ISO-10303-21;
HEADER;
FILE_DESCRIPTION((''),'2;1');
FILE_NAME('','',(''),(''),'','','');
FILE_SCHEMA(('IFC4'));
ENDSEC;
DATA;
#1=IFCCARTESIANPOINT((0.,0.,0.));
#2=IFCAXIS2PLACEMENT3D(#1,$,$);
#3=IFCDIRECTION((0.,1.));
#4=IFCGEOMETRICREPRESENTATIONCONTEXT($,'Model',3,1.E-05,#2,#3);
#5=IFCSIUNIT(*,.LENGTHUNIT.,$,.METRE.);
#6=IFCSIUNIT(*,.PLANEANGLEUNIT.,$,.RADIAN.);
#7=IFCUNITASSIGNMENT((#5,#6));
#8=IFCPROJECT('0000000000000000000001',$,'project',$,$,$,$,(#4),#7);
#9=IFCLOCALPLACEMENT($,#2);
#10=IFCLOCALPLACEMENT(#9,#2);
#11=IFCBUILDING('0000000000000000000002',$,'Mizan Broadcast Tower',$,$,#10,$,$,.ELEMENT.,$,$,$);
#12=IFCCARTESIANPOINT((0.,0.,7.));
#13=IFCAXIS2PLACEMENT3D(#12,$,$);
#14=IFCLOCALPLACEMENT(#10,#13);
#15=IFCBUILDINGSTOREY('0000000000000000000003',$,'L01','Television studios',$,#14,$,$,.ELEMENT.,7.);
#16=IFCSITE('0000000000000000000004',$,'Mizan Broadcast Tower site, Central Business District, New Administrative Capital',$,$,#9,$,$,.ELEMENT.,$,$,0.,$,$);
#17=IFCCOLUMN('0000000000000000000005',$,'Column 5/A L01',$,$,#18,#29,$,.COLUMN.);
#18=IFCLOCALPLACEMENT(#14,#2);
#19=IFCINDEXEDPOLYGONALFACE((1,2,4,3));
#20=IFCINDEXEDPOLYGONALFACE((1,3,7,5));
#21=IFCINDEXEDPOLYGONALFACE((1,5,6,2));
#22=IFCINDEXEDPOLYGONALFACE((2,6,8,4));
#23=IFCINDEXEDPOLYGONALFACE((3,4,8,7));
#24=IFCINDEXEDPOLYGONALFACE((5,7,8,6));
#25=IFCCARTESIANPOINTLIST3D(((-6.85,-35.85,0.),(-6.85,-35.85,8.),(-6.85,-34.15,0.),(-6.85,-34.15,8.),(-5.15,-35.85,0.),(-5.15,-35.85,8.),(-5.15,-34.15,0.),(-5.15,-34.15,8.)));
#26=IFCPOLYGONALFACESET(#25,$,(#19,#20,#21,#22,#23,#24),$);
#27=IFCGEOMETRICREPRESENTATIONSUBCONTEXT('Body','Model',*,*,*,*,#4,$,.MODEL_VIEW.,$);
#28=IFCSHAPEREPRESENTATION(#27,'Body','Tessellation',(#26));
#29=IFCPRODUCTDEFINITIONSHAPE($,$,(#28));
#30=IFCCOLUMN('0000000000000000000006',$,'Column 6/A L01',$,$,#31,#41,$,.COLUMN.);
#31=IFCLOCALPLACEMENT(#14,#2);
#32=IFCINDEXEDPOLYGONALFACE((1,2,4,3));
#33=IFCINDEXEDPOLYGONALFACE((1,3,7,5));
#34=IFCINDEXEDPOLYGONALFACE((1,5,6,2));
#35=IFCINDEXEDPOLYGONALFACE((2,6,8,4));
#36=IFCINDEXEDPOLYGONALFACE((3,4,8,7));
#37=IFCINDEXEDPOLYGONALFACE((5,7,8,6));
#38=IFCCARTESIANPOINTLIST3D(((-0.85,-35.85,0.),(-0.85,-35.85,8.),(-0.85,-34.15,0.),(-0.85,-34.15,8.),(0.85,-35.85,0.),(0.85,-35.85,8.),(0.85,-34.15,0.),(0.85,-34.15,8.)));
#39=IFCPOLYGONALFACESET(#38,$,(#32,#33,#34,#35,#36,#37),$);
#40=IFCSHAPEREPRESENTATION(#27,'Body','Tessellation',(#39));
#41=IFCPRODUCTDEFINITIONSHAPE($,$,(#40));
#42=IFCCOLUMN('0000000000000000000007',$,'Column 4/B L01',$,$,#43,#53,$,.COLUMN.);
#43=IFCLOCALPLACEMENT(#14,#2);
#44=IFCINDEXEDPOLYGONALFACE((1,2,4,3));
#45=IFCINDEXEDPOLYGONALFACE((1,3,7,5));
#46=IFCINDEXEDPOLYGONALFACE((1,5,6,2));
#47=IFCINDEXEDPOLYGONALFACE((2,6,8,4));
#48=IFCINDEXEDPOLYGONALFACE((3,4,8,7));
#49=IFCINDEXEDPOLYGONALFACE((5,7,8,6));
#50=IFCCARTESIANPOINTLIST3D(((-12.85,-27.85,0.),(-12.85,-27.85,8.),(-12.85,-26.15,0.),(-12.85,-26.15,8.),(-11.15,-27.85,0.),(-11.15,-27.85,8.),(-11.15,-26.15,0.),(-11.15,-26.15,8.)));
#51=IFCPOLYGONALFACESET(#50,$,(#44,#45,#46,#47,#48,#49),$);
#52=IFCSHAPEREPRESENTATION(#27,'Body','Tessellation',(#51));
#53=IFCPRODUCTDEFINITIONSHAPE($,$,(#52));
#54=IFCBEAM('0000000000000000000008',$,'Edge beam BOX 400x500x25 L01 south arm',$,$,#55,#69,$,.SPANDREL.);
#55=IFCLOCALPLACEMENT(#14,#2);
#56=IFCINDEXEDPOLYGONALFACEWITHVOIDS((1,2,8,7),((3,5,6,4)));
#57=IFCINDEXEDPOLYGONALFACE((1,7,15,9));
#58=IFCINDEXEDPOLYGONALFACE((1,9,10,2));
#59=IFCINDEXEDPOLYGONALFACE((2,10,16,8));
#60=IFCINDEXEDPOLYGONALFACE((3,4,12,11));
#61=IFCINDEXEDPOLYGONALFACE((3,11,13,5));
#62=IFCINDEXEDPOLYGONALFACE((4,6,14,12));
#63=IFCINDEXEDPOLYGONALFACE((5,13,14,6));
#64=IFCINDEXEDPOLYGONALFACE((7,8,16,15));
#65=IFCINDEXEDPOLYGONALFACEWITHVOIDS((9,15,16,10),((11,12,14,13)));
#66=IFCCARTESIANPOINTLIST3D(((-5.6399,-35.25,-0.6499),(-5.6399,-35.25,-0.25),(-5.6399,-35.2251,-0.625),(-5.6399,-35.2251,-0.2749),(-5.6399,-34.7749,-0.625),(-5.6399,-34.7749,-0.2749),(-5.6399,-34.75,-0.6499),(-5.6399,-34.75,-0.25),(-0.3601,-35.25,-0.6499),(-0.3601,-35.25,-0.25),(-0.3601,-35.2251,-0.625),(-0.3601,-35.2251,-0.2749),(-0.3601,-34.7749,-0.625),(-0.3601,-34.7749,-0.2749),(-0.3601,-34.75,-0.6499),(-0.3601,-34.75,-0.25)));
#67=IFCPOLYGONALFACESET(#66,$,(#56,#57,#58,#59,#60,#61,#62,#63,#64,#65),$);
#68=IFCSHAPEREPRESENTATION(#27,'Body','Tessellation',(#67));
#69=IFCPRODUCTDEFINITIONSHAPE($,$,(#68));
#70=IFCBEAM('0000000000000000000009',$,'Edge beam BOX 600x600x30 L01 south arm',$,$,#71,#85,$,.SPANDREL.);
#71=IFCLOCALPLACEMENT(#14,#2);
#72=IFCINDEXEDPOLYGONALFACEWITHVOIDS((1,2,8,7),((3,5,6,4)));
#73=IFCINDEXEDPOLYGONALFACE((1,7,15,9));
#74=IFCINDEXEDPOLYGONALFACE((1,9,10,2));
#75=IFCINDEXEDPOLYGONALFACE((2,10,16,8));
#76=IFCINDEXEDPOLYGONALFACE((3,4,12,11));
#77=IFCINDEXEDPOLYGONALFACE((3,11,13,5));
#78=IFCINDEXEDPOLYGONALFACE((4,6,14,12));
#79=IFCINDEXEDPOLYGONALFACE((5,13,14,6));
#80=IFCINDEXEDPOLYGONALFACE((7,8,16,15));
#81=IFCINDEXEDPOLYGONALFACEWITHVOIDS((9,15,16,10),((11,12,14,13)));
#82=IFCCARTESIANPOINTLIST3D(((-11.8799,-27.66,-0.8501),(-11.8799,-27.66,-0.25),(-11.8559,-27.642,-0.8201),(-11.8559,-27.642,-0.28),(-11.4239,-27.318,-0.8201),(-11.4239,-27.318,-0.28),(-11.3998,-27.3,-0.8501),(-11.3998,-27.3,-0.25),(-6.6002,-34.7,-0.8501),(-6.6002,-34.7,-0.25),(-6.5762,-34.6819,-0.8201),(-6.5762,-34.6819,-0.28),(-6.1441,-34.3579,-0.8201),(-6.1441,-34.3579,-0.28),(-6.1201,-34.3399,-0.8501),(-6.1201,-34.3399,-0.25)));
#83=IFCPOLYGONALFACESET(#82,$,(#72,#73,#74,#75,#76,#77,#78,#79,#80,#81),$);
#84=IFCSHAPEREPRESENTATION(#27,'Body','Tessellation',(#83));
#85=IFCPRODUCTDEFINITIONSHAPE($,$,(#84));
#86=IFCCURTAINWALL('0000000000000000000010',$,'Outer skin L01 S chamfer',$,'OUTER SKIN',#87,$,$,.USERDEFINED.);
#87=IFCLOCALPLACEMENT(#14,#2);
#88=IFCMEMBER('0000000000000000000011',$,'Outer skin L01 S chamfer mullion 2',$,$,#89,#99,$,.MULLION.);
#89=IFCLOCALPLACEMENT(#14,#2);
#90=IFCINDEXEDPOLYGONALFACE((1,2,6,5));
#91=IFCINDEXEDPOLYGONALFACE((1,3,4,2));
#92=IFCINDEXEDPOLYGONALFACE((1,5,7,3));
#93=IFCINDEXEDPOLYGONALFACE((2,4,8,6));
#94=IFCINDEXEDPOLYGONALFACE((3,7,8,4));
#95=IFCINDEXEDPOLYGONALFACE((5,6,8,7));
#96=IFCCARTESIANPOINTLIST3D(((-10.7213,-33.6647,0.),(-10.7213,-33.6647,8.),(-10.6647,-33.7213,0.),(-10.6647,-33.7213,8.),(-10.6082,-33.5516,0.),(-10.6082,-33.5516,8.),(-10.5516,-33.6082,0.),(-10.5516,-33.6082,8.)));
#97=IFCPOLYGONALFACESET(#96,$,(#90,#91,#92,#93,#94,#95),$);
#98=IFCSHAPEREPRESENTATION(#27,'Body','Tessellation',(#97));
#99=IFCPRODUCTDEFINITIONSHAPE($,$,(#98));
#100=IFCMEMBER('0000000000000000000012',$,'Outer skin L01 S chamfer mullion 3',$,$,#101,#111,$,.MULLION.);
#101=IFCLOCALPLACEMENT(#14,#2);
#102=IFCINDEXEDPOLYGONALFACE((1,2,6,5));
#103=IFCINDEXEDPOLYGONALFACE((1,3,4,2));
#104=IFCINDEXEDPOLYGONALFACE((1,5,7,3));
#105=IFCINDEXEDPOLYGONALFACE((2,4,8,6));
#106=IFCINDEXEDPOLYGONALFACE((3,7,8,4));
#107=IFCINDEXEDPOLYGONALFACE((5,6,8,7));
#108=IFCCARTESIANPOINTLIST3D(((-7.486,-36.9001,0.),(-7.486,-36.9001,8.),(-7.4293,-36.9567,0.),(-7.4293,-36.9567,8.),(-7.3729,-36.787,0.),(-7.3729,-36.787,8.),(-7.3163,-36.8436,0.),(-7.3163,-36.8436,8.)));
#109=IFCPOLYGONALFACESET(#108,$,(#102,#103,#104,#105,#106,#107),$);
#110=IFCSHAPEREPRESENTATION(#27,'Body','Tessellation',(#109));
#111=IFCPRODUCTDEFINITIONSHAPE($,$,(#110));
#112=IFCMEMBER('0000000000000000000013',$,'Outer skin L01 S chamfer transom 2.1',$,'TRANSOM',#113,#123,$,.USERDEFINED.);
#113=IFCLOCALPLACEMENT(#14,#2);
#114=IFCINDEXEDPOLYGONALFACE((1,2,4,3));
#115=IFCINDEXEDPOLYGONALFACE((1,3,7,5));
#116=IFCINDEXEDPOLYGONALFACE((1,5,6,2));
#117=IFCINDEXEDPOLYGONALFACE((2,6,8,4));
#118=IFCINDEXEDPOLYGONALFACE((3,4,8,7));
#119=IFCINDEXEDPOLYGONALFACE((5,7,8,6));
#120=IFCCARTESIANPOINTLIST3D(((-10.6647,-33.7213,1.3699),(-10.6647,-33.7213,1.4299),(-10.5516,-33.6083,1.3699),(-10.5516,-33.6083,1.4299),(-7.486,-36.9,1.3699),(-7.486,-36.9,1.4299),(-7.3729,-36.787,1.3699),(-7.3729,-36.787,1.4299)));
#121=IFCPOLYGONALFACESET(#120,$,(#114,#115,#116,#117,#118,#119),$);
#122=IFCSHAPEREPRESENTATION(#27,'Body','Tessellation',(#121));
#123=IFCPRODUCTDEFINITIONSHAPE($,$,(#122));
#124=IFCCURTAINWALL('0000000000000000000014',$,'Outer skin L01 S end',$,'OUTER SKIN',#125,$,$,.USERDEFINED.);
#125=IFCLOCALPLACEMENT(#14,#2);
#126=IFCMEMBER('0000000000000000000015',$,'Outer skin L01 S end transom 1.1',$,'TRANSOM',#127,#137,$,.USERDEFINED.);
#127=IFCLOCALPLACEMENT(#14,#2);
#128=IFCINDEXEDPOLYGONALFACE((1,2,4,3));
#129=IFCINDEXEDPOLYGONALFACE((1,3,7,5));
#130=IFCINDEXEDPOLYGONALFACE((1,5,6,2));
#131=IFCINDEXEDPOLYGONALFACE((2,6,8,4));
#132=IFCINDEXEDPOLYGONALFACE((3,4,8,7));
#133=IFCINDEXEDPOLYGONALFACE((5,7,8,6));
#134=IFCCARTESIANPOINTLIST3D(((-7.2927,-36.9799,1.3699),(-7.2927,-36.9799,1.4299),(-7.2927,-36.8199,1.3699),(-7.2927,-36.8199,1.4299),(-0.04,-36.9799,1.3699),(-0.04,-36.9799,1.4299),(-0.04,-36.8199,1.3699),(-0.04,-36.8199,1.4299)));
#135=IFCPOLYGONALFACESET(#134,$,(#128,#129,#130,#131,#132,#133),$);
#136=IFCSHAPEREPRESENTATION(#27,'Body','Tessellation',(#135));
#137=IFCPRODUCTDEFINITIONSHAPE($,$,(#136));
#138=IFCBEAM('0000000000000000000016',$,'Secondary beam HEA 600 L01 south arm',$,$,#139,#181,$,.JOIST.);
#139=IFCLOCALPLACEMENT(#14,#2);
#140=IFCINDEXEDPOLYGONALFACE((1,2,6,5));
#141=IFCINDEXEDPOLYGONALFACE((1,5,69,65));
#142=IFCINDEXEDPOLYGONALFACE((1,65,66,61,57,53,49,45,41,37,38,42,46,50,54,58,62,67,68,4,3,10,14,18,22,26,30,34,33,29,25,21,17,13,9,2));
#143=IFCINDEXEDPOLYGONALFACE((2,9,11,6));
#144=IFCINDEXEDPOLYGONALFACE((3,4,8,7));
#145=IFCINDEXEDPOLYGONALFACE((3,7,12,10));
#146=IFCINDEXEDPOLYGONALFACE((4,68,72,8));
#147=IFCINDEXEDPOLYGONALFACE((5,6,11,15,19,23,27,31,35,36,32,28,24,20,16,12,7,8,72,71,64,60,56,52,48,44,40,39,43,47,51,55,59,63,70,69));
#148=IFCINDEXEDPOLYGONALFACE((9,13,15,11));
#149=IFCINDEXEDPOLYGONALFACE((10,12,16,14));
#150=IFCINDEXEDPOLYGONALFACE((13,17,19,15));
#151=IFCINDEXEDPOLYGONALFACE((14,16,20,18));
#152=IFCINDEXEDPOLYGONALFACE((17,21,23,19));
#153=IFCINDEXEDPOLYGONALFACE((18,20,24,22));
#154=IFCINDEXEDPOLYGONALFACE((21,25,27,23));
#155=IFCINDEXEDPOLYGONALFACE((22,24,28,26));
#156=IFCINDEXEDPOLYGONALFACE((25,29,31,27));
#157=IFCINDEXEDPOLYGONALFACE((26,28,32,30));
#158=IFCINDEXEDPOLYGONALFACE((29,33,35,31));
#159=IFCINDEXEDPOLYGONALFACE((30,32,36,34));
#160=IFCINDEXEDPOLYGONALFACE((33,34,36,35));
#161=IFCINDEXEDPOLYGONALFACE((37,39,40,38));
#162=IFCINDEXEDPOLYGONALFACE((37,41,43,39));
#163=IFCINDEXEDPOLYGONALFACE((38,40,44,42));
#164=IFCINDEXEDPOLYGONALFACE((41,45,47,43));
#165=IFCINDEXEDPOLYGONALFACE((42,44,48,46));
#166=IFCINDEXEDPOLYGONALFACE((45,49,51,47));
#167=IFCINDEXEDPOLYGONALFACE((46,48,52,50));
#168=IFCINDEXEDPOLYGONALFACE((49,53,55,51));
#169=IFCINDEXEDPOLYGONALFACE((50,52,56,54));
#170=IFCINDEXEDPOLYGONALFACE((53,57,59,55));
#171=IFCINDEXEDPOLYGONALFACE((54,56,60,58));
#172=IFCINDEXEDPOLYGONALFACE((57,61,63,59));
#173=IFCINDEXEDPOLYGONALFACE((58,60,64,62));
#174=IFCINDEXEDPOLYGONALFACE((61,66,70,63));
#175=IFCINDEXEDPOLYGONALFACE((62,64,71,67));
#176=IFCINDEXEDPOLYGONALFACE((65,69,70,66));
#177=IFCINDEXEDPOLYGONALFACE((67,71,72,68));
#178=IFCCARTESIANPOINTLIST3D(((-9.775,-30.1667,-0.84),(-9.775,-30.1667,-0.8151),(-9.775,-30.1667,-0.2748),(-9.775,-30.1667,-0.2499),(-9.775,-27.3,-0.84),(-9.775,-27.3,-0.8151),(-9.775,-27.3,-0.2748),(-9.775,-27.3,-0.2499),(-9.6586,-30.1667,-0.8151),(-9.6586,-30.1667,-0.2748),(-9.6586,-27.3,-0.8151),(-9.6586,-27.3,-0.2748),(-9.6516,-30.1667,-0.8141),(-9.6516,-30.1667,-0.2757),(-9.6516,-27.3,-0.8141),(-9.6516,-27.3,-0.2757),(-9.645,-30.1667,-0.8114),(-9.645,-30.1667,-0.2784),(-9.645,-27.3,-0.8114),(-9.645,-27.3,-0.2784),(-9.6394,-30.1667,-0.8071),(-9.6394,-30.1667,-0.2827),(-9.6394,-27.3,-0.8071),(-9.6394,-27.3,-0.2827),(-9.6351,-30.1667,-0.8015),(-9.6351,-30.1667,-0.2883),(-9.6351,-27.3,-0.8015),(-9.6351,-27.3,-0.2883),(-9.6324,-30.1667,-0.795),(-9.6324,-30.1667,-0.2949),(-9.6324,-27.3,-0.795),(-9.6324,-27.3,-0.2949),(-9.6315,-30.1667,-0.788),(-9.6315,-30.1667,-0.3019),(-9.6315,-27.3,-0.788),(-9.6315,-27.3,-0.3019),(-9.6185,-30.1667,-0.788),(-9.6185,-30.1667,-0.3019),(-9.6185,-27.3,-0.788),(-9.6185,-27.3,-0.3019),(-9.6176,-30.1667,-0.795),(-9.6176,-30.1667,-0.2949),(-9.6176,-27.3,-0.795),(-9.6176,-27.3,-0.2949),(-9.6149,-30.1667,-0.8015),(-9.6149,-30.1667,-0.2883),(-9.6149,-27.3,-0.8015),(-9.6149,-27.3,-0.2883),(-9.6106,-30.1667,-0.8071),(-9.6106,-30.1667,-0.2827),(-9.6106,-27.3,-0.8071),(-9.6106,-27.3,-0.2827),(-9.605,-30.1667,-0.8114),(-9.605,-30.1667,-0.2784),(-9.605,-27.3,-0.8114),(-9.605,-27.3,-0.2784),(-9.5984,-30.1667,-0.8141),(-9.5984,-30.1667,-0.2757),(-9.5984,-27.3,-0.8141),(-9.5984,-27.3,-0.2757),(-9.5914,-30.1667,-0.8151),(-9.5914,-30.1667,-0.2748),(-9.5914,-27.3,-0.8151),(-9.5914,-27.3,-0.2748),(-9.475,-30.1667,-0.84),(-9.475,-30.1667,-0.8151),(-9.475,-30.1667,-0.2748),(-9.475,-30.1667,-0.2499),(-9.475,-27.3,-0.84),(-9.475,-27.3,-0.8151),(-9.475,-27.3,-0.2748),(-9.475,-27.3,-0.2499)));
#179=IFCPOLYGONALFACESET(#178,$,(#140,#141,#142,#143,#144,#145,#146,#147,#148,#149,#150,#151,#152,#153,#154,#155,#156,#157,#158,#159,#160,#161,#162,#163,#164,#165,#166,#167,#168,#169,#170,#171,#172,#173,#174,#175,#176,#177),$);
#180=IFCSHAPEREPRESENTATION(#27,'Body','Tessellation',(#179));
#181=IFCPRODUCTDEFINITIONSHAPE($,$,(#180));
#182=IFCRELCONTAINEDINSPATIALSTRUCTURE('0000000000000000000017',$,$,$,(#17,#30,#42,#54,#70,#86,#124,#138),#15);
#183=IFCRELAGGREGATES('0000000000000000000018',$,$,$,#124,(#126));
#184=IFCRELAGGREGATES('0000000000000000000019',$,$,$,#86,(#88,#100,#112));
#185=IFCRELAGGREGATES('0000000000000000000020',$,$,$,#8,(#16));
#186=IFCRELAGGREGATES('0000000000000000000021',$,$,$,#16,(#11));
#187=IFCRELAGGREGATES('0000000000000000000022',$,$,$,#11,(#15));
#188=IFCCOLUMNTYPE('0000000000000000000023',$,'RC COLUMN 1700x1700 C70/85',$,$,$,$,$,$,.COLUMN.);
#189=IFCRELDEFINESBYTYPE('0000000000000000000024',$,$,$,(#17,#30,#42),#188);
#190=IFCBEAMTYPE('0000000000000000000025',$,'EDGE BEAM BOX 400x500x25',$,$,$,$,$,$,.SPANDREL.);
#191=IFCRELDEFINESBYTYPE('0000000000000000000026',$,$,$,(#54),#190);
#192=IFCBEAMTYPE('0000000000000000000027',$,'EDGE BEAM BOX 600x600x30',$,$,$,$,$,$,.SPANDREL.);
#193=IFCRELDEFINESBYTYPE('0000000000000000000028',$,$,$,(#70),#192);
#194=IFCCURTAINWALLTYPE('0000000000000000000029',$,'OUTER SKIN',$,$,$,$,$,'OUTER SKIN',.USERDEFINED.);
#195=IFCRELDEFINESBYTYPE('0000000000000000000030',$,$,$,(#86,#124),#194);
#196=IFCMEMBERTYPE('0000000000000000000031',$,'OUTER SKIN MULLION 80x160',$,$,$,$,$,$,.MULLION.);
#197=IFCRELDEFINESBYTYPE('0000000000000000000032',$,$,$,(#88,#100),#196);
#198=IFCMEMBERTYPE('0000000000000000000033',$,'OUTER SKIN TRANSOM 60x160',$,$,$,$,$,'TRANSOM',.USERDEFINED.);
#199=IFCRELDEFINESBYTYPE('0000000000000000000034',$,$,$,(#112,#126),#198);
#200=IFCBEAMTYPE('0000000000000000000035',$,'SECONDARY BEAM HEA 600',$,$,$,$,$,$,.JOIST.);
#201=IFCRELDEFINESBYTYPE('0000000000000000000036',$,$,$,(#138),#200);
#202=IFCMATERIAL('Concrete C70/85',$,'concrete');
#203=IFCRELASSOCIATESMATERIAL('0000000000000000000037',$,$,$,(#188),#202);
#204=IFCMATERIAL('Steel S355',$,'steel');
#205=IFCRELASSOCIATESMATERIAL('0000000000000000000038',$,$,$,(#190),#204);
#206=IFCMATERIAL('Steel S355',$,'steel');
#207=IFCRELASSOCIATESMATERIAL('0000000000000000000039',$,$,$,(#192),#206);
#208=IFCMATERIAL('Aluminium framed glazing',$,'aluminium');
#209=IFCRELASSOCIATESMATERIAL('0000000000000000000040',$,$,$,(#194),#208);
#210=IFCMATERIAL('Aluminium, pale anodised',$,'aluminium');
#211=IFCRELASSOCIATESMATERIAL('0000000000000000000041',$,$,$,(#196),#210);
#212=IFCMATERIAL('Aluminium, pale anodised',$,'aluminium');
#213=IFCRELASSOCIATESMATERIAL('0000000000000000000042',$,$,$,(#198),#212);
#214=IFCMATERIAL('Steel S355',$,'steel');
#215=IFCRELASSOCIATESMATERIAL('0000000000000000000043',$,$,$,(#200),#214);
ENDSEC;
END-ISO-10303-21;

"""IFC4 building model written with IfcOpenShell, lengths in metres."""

from ifc_helpers import new_model, si_unit, direction, frame, origin, origin_2d, place, context, subcontext, project, spatial, rectangle, hollow_rectangle, i_section, extrude, material, material_profile, profile_set, type_object, element, aggregate, save


model = new_model("IFC4")

# Units and contexts
model_context = context("Model", 3, precision=1e-05, world=origin(), true_north=direction((0.0, 1.0)))
body_context = subcontext(model_context, "Body", "Model", "MODEL_VIEW")
ifc_project = project(units=[si_unit("LENGTHUNIT", "METRE"), si_unit("PLANEANGLEUNIT", "RADIAN")], contexts=[model_context])

# Site, building, storey
site_placement = place(None, origin())
site = spatial("IfcSite", under=ifc_project, at=site_placement, Name="Mizan Broadcast Tower site, Central Business District, New Administrative Capital", CompositionType="ELEMENT", RefElevation=0.0)
building_placement = place(site_placement, origin())
building = spatial("IfcBuilding", under=site, at=building_placement, Name="Mizan Broadcast Tower", CompositionType="ELEMENT")
storey_placement = place(building_placement, frame((0.0, 0.0, 7.0)))
storey = spatial("IfcBuildingStorey", under=building, at=storey_placement, Name="L01", Description="Television studios", CompositionType="ELEMENT", Elevation=7.0)

# Columns
ifc_material_1 = material(Name="Concrete C70/85", Category="concrete")
ifc_material_profile_1 = material_profile(ifc_material_1, rectangle(XDim=1.7, YDim=1.7, at=origin_2d()), Name="RC 1700x1700")
ifc_profile_set_1 = profile_set([ifc_material_profile_1], Name="Concrete C70/85")
column_type = type_object("IfcColumnType", Name="RC COLUMN 1700x1700 C70/85", PredefinedType="COLUMN", material=ifc_profile_set_1)
for number, where, z_axis, x_axis, name in (
    (1, (-6.0, -35.0, 0.0), (0.0, 0.0, 1.0), (1.0, 0.0, 0.0), "Column 5/A L01"),
    (2, (0.0, -35.0, 0.0), (0.0, 0.0, 1.0), (1.0, 0.0, 0.0), "Column 6/A L01"),
    (3, (-12.0, -27.0, 0.0), (0.0, 0.0, 1.0), (1.0, 0.0, 0.0), "Column 4/B L01"),
):
    element("IfcColumn", number, at=place(storey_placement, frame(where, z_axis=z_axis, x_axis=x_axis)), inside=storey, type_object=column_type, Name=name, PredefinedType="COLUMN", context=body_context, shape_type="SweptSolid", body=[
        extrude(rectangle(XDim=1.7, YDim=1.7, at=origin_2d()), origin(), (0.0, 0.0, 1.0), 8.0),
    ])

# Beams
ifc_material_2 = material(Name="Steel S355", Category="steel")
ifc_material_profile_2 = material_profile(ifc_material_2, hollow_rectangle(XDim=0.5, YDim=0.3999, WallThickness=0.0249, at=origin_2d()), Name="BOX 400x500x25")
ifc_profile_set_2 = profile_set([ifc_material_profile_2], Name="Steel S355")
beam_type_1 = type_object("IfcBeamType", Name="EDGE BEAM BOX 400x500x25", PredefinedType="SPANDREL", material=ifc_profile_set_2)
beam_1_placement = place(storey_placement, frame((-5.6399, -35.0, -0.45), z_axis=(1.0, 0.0, 0.0), x_axis=(0.0, 1.0, 0.0)))
element("IfcBeam", 4, at=beam_1_placement, inside=storey, type_object=beam_type_1, Name="Edge beam BOX 400x500x25 L01 south arm", PredefinedType="SPANDREL", context=body_context, shape_type="SweptSolid", body=[
    extrude(hollow_rectangle(XDim=0.5, YDim=0.3999, WallThickness=0.0249, at=origin_2d()), origin(), (0.0, 0.0, 1.0), 5.2798),
])
ifc_material_3 = material(Name="Steel S355", Category="steel")
ifc_material_profile_3 = material_profile(ifc_material_3, hollow_rectangle(XDim=0.6001, YDim=0.6001, WallThickness=0.03, at=origin_2d()), Name="BOX 600x600x30")
ifc_profile_set_3 = profile_set([ifc_material_profile_3], Name="Steel S355")
beam_type_2 = type_object("IfcBeamType", Name="EDGE BEAM BOX 600x600x30", PredefinedType="SPANDREL", material=ifc_profile_set_3)
beam_2_placement = place(storey_placement, frame((-11.6399, -27.48, -0.55), z_axis=(0.599982, -0.800013, 0.0), x_axis=(0.800013, 0.599982, 0.0)))
element("IfcBeam", 5, at=beam_2_placement, inside=storey, type_object=beam_type_2, Name="Edge beam BOX 600x600x30 L01 south arm", PredefinedType="SPANDREL", context=body_context, shape_type="SweptSolid", body=[
    extrude(hollow_rectangle(XDim=0.6001, YDim=0.6001, WallThickness=0.03, at=origin_2d()), origin(), (0.0, 0.0, 1.0), 8.7998),
])

# Curtain wall, members
ifc_material_4 = material(Name="Aluminium framed glazing", Category="aluminium")
curtain_wall_type = type_object("IfcCurtainWallType", Name="OUTER SKIN", ElementType="OUTER SKIN", PredefinedType="USERDEFINED", material=ifc_material_4)
curtain_wall_1_placement = place(storey_placement, origin())
curtain_wall_1 = element("IfcCurtainWall", 6, at=curtain_wall_1_placement, inside=storey, type_object=curtain_wall_type, Name="Outer skin L01 S chamfer", ObjectType="OUTER SKIN", PredefinedType="USERDEFINED")
ifc_material_5 = material(Name="Aluminium, pale anodised", Category="aluminium")
ifc_material_profile_4 = material_profile(ifc_material_5, rectangle(XDim=0.1599, YDim=0.0801, at=origin_2d()), Name="MULLION 160x80")
ifc_profile_set_4 = profile_set([ifc_material_profile_4], Name="Aluminium, pale anodised")
member_type_1 = type_object("IfcMemberType", Name="OUTER SKIN MULLION 80x160", PredefinedType="MULLION", material=ifc_profile_set_4)
member_1_placement = place(storey_placement, frame((-10.6365, -33.6365, 0.0), z_axis=(0.0, 0.0, 1.0), x_axis=(0.707107, 0.707107, 0.0)))
member_1 = element("IfcMember", 7, at=member_1_placement, type_object=member_type_1, Name="Outer skin L01 S chamfer mullion 2", PredefinedType="MULLION", context=body_context, shape_type="SweptSolid", body=[
    extrude(rectangle(XDim=0.1599, YDim=0.0801, at=origin_2d()), origin(), (0.0, 0.0, 1.0), 8.0),
])
member_2_placement = place(storey_placement, frame((-7.4011, -36.8718, 0.0), z_axis=(0.0, 0.0, 1.0), x_axis=(0.707107, 0.707107, 0.0)))
member_2 = element("IfcMember", 8, at=member_2_placement, type_object=member_type_1, Name="Outer skin L01 S chamfer mullion 3", PredefinedType="MULLION", context=body_context, shape_type="SweptSolid", body=[
    extrude(rectangle(XDim=0.1599, YDim=0.0801, at=origin_2d()), origin(), (0.0, 0.0, 1.0), 8.0),
])
ifc_material_6 = material(Name="Aluminium, pale anodised", Category="aluminium")
ifc_material_profile_5 = material_profile(ifc_material_6, rectangle(XDim=0.1599, YDim=0.0601, at=origin_2d()), Name="TRANSOM 160x60")
ifc_profile_set_5 = profile_set([ifc_material_profile_5], Name="Aluminium, pale anodised")
member_type_2 = type_object("IfcMemberType", Name="OUTER SKIN TRANSOM 60x160", ElementType="TRANSOM", PredefinedType="USERDEFINED", material=ifc_profile_set_5)
member_3_placement = place(storey_placement, frame((-10.6082, -33.6648, 1.3999), z_axis=(0.707107, -0.707107, 0.0), x_axis=(0.707107, 0.707107, 0.0)))
member_3 = element("IfcMember", 9, at=member_3_placement, type_object=member_type_2, Name="Outer skin L01 S chamfer transom 2.1", ObjectType="TRANSOM", PredefinedType="USERDEFINED", context=body_context, shape_type="SweptSolid", body=[
    extrude(rectangle(XDim=0.1599, YDim=0.0601, at=origin_2d()), origin(), (0.0, 0.0, 1.0), 4.4954),
])

# Curtain wall, member
curtain_wall_2_placement = place(storey_placement, origin())
curtain_wall_2 = element("IfcCurtainWall", 10, at=curtain_wall_2_placement, inside=storey, type_object=curtain_wall_type, Name="Outer skin L01 S end", ObjectType="OUTER SKIN", PredefinedType="USERDEFINED")
member_4_placement = place(storey_placement, frame((-7.2927, -36.8999, 1.3999), z_axis=(1.0, 0.0, 0.0), x_axis=(0.0, 1.0, 0.0)))
member_4 = element("IfcMember", 11, at=member_4_placement, type_object=member_type_2, Name="Outer skin L01 S end transom 1.1", ObjectType="TRANSOM", PredefinedType="USERDEFINED", context=body_context, shape_type="SweptSolid", body=[
    extrude(rectangle(XDim=0.1599, YDim=0.0601, at=origin_2d()), origin(), (0.0, 0.0, 1.0), 7.2527),
])

# Beam
ifc_material_7 = material(Name="Steel S355", Category="steel")
ifc_material_profile_6 = material_profile(ifc_material_7, i_section(OverallWidth=0.3, OverallDepth=0.5901, WebThickness=0.0129, FlangeThickness=0.0249, FilletRadius=0.0271, at=origin_2d()), Name="HEA 600")
ifc_profile_set_6 = profile_set([ifc_material_profile_6], Name="Steel S355")
beam_type_3 = type_object("IfcBeamType", Name="SECONDARY BEAM HEA 600", PredefinedType="JOIST", material=ifc_profile_set_6)
beam_3_placement = place(storey_placement, frame((-9.625, -27.3, -0.5449), z_axis=(0.0, -1.0, 0.0), x_axis=(1.0, 0.0, 0.0)))
element("IfcBeam", 12, at=beam_3_placement, inside=storey, type_object=beam_type_3, Name="Secondary beam HEA 600 L01 south arm", PredefinedType="JOIST", context=body_context, shape_type="SweptSolid", body=[
    extrude(i_section(OverallWidth=0.3, OverallDepth=0.5901, WebThickness=0.0129, FlangeThickness=0.0249, FilletRadius=0.0271, at=origin_2d()), origin(), (0.0, 0.0, 1.0), 2.8667),
])

aggregate(curtain_wall_2, [member_4])
aggregate(curtain_wall_1, [member_1, member_2, member_3])

save(model, "model.ifc")
